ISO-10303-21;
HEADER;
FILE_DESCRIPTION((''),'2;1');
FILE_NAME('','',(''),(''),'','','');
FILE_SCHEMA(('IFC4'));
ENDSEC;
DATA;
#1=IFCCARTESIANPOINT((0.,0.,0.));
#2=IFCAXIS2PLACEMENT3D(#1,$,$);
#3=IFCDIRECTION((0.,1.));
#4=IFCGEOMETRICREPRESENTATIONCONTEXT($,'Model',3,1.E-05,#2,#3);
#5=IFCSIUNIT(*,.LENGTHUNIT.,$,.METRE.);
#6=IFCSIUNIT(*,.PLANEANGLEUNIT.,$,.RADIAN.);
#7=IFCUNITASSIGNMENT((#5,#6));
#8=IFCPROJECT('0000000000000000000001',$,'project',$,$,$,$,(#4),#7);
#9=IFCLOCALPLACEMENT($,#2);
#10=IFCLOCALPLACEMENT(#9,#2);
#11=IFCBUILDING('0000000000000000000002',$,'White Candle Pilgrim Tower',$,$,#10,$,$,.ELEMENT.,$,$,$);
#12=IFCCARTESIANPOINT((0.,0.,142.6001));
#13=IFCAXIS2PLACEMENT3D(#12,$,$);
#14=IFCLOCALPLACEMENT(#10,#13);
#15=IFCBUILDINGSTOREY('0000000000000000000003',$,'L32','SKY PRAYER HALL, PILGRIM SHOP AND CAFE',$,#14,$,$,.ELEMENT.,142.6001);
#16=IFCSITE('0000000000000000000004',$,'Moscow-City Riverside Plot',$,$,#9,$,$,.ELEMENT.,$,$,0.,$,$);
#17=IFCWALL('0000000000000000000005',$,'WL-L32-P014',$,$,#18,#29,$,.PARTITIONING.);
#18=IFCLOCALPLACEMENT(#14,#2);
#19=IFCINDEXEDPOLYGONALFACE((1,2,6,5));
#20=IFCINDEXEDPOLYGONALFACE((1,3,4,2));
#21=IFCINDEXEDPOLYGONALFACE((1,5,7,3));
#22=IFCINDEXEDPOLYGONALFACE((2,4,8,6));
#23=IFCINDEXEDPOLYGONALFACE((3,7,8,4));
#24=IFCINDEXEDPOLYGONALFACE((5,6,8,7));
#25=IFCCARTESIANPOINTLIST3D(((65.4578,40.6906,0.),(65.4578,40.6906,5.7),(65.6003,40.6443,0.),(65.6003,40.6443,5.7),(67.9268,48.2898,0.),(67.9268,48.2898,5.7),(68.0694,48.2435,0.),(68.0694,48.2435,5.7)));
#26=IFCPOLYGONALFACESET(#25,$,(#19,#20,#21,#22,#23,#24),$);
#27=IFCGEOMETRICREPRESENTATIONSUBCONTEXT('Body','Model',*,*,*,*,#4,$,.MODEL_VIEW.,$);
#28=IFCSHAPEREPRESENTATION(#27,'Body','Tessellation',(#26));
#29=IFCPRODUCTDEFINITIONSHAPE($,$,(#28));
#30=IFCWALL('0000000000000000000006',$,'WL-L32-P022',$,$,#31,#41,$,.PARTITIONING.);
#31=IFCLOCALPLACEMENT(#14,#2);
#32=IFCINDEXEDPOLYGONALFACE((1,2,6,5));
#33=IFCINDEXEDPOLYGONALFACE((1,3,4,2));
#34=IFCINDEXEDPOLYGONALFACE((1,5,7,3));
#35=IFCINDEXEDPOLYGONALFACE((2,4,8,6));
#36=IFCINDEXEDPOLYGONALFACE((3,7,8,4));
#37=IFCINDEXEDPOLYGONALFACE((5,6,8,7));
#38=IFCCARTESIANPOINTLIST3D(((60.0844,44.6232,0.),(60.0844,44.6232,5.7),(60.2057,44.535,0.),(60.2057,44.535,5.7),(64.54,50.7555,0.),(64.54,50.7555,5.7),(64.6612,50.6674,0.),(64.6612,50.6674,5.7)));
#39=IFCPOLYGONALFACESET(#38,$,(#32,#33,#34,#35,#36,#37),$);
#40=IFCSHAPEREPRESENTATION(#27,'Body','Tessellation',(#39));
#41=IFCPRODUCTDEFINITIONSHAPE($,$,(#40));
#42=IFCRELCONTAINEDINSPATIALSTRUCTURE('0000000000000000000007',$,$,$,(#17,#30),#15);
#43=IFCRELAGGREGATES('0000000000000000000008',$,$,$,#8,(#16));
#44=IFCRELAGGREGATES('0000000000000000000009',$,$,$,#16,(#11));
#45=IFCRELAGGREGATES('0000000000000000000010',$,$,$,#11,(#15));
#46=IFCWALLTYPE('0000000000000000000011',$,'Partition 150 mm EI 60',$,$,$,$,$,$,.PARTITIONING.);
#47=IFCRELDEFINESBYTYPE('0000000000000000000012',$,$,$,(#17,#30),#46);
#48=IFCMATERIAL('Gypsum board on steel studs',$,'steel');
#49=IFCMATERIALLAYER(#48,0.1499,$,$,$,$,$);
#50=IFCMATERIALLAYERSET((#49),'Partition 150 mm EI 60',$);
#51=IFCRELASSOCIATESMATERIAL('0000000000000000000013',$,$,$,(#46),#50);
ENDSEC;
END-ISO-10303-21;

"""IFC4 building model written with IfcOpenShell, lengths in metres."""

from ifc_helpers import new_model, si_unit, direction, frame, frame_2d, origin, place, context, subcontext, project, spatial, rectangle, extrude, material, layer, layer_set, type_object, element, save


model = new_model("IFC4")

# Units and contexts
model_context = context("Model", 3, precision=1e-05, world=origin(), true_north=direction((0.0, 1.0)))
body_context = subcontext(model_context, "Body", "Model", "MODEL_VIEW")
ifc_project = project(units=[si_unit("LENGTHUNIT", "METRE"), si_unit("PLANEANGLEUNIT", "RADIAN")], contexts=[model_context])

# Site, building, storey
site_placement = place(None, origin())
site = spatial("IfcSite", under=ifc_project, at=site_placement, Name="Moscow-City Riverside Plot", CompositionType="ELEMENT", RefElevation=0.0)
building_placement = place(site_placement, origin())
building = spatial("IfcBuilding", under=site, at=building_placement, Name="White Candle Pilgrim Tower", CompositionType="ELEMENT")
storey_placement = place(building_placement, frame((0.0, 0.0, 142.6001)))
storey = spatial("IfcBuildingStorey", under=building, at=storey_placement, Name="L32", Description="SKY PRAYER HALL, PILGRIM SHOP AND CAFE", CompositionType="ELEMENT", Elevation=142.6001)

# Walls
ifc_material_1 = material(Name="Gypsum board on steel studs", Category="steel")
ifc_layer_1 = layer(ifc_material_1, 0.1499)
ifc_layer_set_1 = layer_set([ifc_layer_1], Name="Partition 150 mm EI 60")
wall_type_1 = type_object("IfcWallType", Name="Partition 150 mm EI 60", PredefinedType="PARTITIONING", material=ifc_layer_set_1)
wall_1_placement = place(storey_placement, frame((65.5291, 40.6675, 0.0), z_axis=(0.0, 0.0, 1.0), x_axis=(0.309005, 0.951061, 0.0)))
element("IfcWall", 1, at=wall_1_placement, inside=storey, type_object=wall_type_1, Name="WL-L32-P014", PredefinedType="PARTITIONING", context=body_context, shape_type="SweptSolid", body=[
    extrude(rectangle(XDim=7.9902, YDim=0.1499, at=frame_2d((3.9951, 0.0))), origin(), (0.0, 0.0, 1.0), 5.7),
])
wall_2_placement = place(storey_placement, frame((60.145, 44.5791, 0.0), z_axis=(0.0, 0.0, 1.0), x_axis=(0.5878, 0.809006, 0.0)))
element("IfcWall", 2, at=wall_2_placement, inside=storey, type_object=wall_type_1, Name="WL-L32-P022", PredefinedType="PARTITIONING", context=body_context, shape_type="SweptSolid", body=[
    extrude(rectangle(XDim=7.5801, YDim=0.1499, at=frame_2d((3.79, 0.0))), origin(), (0.0, 0.0, 1.0), 5.7),
])

save(model, "model.ifc")
